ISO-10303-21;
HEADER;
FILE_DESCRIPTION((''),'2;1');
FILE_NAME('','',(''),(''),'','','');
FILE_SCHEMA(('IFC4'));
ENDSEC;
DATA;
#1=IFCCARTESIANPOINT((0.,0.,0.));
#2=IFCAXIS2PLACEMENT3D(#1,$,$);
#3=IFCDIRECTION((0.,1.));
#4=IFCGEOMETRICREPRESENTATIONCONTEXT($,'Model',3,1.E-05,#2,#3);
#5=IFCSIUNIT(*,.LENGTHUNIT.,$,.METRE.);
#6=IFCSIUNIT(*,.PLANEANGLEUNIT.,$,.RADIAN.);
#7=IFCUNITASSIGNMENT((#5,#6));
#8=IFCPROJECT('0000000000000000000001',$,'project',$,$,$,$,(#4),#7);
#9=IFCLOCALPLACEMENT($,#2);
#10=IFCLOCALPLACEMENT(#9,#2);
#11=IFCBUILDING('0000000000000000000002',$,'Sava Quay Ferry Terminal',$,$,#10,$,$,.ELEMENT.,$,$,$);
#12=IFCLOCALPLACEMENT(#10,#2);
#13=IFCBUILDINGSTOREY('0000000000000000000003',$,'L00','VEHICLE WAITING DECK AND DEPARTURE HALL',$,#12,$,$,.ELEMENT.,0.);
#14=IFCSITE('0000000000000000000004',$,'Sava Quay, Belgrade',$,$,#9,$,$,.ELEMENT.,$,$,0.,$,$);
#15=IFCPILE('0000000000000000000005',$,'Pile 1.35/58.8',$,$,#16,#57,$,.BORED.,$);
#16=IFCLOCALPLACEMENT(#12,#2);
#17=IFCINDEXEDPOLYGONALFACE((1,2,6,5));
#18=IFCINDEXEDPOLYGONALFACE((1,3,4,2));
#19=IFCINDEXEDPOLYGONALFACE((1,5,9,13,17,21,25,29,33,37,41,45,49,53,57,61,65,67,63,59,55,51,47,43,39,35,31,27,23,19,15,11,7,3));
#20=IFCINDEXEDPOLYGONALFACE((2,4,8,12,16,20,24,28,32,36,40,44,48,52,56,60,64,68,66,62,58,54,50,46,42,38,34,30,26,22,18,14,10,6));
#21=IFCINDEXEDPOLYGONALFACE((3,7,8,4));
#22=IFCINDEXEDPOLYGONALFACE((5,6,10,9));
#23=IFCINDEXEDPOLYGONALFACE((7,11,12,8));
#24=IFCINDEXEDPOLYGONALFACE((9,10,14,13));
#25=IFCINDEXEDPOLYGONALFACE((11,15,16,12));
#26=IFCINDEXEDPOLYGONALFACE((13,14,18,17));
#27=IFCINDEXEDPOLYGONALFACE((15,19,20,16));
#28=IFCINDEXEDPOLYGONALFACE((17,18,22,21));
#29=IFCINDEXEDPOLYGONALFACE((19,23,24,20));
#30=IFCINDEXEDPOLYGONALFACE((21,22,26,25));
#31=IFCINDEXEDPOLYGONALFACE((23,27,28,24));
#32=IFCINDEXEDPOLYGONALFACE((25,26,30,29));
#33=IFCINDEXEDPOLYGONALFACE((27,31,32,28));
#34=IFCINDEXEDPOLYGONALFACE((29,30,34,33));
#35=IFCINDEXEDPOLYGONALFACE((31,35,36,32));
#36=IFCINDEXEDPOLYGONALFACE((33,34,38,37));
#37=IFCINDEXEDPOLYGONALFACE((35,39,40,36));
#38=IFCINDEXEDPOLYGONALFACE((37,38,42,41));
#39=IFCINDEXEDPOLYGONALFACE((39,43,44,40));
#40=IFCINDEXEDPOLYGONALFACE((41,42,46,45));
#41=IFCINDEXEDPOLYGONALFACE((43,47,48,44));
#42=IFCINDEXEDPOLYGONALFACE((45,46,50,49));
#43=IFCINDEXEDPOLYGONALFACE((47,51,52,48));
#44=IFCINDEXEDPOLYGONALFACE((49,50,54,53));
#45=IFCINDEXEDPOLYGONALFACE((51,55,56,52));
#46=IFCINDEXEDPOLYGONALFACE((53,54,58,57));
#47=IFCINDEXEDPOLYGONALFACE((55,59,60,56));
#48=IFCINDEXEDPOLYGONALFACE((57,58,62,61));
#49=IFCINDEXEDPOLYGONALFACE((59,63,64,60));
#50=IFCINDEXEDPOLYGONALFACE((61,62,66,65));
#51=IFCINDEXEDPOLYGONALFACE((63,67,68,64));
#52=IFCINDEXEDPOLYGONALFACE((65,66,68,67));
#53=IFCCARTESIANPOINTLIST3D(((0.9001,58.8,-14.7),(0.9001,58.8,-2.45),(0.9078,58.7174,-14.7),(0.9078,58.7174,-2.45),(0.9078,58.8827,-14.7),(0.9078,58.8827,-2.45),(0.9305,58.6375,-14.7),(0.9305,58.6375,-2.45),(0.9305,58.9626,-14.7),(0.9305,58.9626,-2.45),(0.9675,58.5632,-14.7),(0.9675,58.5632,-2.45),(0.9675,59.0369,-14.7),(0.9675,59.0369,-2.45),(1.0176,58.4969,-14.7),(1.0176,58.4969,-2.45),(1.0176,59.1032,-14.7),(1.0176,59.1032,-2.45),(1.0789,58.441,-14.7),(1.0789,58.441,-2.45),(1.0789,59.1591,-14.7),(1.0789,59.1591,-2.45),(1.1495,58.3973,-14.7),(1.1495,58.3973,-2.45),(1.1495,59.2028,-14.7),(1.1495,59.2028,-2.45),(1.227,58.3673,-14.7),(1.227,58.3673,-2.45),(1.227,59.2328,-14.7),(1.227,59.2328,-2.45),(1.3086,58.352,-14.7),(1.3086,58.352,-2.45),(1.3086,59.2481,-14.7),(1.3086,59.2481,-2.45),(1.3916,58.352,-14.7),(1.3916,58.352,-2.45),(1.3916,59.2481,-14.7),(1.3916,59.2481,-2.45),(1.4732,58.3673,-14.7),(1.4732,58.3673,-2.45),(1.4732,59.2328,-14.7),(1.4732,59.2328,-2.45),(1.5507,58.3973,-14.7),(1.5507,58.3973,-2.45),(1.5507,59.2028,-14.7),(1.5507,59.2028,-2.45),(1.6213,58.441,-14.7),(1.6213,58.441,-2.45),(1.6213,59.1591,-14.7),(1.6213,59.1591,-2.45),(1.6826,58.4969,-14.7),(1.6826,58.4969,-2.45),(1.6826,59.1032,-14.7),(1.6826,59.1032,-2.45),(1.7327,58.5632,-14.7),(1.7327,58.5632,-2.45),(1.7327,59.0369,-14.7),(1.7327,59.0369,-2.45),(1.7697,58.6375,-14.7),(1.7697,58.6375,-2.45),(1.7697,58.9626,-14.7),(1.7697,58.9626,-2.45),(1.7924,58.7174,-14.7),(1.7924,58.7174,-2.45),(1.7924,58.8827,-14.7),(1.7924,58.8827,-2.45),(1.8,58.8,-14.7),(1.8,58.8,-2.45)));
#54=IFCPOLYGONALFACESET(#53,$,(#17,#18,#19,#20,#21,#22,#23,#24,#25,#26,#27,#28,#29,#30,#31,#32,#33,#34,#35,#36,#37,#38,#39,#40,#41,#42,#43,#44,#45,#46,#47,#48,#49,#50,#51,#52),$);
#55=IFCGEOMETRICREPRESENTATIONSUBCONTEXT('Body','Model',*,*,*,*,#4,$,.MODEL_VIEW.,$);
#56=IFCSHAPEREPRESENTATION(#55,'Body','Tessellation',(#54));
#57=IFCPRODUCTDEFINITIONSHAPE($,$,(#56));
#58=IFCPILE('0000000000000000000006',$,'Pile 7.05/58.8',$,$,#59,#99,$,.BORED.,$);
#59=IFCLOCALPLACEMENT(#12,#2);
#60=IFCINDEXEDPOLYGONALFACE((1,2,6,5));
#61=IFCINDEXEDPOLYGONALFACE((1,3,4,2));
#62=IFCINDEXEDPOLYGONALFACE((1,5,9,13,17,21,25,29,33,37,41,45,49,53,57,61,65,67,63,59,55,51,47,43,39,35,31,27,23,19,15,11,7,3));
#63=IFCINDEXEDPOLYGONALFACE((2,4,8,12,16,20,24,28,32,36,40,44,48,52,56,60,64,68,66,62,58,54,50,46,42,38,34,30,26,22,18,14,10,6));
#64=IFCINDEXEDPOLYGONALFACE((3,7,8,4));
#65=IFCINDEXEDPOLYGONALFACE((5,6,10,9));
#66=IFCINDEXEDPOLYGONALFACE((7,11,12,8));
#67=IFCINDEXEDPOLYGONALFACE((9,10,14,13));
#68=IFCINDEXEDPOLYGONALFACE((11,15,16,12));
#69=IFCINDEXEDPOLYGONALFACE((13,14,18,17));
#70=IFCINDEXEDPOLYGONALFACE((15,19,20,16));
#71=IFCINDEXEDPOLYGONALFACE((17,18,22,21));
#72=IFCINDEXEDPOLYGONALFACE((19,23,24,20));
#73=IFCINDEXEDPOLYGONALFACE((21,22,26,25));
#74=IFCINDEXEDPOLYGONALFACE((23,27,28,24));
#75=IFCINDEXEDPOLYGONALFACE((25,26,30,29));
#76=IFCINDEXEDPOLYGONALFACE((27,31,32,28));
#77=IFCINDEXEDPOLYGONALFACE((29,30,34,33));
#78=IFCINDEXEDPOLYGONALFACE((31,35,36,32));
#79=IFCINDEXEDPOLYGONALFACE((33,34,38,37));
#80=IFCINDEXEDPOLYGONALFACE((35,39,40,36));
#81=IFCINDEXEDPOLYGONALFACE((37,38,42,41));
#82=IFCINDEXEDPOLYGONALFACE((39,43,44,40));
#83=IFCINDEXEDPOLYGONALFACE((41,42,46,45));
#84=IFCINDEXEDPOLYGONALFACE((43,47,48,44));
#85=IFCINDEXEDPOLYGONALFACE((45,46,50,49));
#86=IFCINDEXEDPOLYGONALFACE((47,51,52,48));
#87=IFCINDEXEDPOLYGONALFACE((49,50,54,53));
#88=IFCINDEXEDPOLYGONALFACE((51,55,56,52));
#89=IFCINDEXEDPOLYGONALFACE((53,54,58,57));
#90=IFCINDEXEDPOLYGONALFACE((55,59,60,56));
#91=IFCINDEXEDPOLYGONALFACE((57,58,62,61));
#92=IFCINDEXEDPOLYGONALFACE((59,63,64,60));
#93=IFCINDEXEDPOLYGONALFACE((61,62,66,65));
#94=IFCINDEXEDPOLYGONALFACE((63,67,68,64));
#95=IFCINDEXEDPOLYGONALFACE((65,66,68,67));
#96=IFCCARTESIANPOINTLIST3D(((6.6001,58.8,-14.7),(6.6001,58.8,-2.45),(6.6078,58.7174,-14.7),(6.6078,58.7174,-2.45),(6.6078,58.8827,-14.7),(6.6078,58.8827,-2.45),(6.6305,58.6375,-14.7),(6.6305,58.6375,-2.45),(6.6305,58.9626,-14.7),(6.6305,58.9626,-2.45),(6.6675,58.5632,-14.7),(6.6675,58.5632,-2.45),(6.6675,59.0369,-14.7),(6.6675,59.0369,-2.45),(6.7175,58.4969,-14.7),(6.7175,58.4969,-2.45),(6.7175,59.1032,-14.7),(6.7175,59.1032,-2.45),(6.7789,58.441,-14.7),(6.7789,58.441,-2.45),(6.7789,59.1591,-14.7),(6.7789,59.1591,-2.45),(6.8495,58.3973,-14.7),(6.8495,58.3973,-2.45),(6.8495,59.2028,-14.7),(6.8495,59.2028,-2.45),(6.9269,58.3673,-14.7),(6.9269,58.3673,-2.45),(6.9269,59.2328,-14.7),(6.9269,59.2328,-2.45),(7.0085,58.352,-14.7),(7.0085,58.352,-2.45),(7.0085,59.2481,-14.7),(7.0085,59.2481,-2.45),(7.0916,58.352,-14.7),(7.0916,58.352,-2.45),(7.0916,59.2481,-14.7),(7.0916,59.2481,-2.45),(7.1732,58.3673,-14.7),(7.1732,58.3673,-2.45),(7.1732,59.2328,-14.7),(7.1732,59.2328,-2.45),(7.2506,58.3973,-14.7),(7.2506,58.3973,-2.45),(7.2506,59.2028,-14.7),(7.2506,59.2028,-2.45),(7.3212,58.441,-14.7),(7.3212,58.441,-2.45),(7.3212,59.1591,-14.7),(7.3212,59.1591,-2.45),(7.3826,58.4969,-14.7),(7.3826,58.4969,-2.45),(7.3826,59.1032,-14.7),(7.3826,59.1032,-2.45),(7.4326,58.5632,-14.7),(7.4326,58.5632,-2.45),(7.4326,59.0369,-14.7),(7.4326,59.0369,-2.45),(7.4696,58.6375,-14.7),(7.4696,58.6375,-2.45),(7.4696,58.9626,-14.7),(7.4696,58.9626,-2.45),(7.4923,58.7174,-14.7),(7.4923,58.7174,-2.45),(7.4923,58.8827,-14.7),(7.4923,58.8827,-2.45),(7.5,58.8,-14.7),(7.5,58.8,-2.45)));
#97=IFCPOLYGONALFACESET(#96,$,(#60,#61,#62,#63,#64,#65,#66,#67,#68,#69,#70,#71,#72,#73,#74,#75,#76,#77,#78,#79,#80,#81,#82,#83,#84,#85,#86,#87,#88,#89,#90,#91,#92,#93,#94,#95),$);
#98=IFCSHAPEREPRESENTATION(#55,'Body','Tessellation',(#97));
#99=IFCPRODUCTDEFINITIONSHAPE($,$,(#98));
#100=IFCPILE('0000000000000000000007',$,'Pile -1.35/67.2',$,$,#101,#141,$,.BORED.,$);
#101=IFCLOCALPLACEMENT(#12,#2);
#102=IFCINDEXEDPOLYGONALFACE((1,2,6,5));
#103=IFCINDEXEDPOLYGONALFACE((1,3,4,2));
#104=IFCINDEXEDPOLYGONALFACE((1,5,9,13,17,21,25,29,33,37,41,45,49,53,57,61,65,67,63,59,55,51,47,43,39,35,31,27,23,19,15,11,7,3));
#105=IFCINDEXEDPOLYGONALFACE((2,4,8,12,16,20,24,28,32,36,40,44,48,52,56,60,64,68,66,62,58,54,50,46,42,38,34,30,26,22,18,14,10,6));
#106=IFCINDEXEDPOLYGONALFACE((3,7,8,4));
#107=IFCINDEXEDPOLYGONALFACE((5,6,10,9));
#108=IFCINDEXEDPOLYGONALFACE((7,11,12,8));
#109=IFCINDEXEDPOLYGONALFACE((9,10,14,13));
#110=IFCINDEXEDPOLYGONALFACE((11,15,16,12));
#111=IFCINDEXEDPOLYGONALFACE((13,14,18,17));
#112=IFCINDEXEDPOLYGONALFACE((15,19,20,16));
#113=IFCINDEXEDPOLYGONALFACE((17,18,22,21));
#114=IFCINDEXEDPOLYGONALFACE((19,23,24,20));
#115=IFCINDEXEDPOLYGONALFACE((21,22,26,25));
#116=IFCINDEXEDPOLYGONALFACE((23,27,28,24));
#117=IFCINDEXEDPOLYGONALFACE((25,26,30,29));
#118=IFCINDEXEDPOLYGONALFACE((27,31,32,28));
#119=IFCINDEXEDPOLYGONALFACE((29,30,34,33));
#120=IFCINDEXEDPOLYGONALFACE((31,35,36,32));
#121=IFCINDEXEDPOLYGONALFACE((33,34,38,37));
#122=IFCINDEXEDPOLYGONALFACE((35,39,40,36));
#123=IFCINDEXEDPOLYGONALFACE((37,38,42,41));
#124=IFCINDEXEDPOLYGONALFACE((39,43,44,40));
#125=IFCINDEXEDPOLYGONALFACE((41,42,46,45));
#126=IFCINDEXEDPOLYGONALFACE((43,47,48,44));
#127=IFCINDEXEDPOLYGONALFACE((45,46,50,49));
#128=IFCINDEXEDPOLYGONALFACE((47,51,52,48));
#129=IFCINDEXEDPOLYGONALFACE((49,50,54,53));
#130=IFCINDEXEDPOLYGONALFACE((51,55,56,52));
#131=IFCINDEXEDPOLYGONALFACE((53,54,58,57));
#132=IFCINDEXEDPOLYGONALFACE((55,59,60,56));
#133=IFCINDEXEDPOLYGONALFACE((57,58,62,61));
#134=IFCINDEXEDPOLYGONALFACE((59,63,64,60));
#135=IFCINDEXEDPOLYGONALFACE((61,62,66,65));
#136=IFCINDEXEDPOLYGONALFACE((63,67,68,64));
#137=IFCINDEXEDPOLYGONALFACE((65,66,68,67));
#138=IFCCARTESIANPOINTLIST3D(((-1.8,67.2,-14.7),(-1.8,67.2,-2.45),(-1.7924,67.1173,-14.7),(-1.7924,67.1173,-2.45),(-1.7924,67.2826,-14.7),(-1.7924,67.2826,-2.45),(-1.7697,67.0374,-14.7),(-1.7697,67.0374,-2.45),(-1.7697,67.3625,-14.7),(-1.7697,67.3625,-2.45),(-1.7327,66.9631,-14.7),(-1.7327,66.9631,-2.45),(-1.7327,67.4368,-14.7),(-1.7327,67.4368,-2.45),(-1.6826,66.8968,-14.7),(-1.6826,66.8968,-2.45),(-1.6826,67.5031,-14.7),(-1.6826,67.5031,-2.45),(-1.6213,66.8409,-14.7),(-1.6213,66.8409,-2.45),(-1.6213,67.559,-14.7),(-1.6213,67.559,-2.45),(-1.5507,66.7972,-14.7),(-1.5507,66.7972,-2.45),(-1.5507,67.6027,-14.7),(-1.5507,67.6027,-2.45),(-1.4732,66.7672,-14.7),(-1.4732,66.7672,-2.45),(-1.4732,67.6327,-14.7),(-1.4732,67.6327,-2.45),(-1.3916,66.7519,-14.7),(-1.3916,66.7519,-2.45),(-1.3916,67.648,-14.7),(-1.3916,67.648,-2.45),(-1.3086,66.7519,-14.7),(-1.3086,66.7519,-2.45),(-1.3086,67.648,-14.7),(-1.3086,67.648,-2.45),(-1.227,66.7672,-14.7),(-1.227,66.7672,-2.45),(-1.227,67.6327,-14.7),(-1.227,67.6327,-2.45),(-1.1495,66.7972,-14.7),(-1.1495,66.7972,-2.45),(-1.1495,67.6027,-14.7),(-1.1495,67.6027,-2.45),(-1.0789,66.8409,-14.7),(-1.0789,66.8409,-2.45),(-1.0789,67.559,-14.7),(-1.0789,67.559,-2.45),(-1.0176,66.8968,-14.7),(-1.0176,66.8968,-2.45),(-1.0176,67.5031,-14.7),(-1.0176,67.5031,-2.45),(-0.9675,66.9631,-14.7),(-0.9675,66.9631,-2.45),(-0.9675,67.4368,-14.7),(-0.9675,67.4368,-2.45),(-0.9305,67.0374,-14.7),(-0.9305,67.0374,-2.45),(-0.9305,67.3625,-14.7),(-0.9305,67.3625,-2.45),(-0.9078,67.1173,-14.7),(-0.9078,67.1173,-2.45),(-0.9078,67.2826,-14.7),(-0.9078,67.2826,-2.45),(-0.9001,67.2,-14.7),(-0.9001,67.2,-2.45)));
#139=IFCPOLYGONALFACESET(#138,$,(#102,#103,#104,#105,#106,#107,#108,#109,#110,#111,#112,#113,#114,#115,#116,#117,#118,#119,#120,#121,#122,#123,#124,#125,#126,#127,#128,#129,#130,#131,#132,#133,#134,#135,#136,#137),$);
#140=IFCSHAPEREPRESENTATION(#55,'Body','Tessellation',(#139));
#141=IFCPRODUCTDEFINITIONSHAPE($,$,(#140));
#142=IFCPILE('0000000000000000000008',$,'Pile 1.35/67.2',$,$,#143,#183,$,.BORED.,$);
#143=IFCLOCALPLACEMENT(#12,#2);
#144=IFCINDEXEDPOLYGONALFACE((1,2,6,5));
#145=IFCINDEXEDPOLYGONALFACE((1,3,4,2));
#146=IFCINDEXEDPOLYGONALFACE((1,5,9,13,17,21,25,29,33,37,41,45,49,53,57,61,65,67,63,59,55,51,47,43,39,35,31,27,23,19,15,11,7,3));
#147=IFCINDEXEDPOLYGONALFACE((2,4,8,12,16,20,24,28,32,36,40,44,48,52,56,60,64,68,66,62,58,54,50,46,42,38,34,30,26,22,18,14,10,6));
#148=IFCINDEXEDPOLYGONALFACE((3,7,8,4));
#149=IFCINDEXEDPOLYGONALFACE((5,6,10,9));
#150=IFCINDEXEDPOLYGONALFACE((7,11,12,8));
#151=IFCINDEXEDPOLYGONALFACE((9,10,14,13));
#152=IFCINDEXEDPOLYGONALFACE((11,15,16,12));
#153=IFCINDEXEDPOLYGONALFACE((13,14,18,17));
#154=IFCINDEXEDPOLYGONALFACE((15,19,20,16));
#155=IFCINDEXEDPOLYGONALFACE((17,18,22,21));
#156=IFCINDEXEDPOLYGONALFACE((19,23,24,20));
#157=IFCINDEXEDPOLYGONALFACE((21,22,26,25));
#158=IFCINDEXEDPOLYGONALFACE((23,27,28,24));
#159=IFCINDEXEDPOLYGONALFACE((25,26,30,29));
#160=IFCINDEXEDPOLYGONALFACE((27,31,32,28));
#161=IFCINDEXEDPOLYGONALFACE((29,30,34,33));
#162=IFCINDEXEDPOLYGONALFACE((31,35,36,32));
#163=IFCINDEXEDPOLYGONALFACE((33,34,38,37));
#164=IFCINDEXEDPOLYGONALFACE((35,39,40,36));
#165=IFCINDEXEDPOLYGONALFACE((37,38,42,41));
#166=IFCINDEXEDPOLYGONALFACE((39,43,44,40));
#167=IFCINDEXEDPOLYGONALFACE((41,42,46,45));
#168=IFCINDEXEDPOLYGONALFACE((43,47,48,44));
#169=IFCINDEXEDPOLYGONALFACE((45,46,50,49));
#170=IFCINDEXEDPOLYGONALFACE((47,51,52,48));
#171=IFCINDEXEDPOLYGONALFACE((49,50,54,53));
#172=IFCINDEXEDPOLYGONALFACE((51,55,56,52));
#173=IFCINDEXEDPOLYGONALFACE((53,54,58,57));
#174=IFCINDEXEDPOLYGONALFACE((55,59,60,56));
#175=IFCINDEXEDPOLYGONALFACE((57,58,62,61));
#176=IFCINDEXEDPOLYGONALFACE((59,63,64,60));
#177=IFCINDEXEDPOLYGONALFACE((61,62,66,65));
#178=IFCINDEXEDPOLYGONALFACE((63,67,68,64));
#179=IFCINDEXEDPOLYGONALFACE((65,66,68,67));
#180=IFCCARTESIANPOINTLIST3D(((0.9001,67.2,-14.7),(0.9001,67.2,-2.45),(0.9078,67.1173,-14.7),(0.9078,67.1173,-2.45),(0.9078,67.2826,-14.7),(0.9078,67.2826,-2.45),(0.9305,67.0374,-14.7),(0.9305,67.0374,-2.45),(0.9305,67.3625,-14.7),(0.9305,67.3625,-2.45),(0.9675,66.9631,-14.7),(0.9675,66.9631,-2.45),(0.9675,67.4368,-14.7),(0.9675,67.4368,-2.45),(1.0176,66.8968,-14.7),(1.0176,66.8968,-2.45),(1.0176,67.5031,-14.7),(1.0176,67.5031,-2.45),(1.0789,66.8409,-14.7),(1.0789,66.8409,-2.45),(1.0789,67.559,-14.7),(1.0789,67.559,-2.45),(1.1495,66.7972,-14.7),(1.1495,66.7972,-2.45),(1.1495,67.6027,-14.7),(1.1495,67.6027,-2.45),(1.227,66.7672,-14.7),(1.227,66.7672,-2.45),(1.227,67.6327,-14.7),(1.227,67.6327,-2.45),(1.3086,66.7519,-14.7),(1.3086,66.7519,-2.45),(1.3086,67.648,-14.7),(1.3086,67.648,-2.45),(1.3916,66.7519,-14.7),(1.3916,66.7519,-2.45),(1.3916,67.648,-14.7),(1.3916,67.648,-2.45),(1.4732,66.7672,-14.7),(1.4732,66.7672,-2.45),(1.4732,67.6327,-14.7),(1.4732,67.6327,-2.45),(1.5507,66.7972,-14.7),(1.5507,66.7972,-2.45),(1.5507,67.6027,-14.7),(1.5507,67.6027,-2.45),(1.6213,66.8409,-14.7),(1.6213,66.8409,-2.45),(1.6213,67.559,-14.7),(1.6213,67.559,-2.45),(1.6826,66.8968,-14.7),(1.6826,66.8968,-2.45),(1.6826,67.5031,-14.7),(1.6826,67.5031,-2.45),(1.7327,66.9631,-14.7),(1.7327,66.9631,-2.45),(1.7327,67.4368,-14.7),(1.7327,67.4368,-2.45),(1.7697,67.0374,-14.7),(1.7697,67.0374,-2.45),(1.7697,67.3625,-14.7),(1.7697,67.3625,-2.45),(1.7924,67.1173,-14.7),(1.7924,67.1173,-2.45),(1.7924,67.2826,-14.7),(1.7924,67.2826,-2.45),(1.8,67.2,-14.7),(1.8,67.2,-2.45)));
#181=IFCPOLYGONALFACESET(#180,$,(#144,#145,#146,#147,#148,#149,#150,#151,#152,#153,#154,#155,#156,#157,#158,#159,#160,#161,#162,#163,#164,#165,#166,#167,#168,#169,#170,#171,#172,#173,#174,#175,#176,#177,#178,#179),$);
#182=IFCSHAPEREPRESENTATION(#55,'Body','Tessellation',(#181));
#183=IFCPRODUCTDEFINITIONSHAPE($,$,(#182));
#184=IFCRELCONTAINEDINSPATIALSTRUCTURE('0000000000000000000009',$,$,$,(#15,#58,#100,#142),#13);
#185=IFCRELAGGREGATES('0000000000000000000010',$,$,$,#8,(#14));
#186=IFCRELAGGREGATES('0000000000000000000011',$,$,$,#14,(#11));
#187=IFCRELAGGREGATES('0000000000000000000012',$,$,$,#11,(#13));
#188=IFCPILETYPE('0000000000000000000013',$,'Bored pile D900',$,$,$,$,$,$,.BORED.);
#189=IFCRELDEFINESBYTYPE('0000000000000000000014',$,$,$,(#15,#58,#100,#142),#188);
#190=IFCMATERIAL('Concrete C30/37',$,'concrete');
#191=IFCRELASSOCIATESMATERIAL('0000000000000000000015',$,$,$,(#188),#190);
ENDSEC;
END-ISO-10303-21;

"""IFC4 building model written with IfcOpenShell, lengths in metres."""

from ifc_helpers import new_model, si_unit, direction, frame, origin, origin_2d, place, context, subcontext, project, spatial, circle, extrude, material, material_profile, profile_set, type_object, element, save


model = new_model("IFC4")

# Units and contexts
model_context = context("Model", 3, precision=1e-05, world=origin(), true_north=direction((0.0, 1.0)))
body_context = subcontext(model_context, "Body", "Model", "MODEL_VIEW")
ifc_project = project(units=[si_unit("LENGTHUNIT", "METRE"), si_unit("PLANEANGLEUNIT", "RADIAN")], contexts=[model_context])

# Site, building, storey
site_placement = place(None, origin())
site = spatial("IfcSite", under=ifc_project, at=site_placement, Name="Sava Quay, Belgrade", CompositionType="ELEMENT", RefElevation=0.0)
building_placement = place(site_placement, origin())
building = spatial("IfcBuilding", under=site, at=building_placement, Name="Sava Quay Ferry Terminal", CompositionType="ELEMENT")
storey_placement = place(building_placement, origin())
storey = spatial("IfcBuildingStorey", under=building, at=storey_placement, Name="L00", Description="VEHICLE WAITING DECK AND DEPARTURE HALL", CompositionType="ELEMENT", Elevation=0.0)

# Piles
ifc_material_1 = material(Name="Concrete C30/37", Category="concrete")
ifc_material_profile_1 = material_profile(ifc_material_1, circle(Radius=0.45, at=origin_2d()), Name="Bored pile D900")
ifc_profile_set_1 = profile_set([ifc_material_profile_1], Name="Concrete C30/37")
pile_type = type_object("IfcPileType", Name="Bored pile D900", PredefinedType="BORED", material=ifc_profile_set_1)
for number, where, z_axis, x_axis, name in (
    (1, (1.3501, 58.8, -2.45), (0.0, 0.0, -1.0), (1.0, 0.0, 0.0), "Pile 1.35/58.8"),
    (2, (7.05, 58.8, -2.45), (0.0, 0.0, -1.0), (1.0, 0.0, 0.0), "Pile 7.05/58.8"),
    (3, (-1.3501, 67.2, -2.45), (0.0, 0.0, -1.0), (1.0, 0.0, 0.0), "Pile -1.35/67.2"),
    (4, (1.3501, 67.2, -2.45), (0.0, 0.0, -1.0), (1.0, 0.0, 0.0), "Pile 1.35/67.2"),
):
    element("IfcPile", number, at=place(storey_placement, frame(where, z_axis=z_axis, x_axis=x_axis)), inside=storey, type_object=pile_type, Name=name, PredefinedType="BORED", context=body_context, shape_type="SweptSolid", body=[
        extrude(circle(Radius=0.45, at=origin_2d()), origin(), (0.0, 0.0, 1.0), 12.25),
    ])

save(model, "model.ifc")
